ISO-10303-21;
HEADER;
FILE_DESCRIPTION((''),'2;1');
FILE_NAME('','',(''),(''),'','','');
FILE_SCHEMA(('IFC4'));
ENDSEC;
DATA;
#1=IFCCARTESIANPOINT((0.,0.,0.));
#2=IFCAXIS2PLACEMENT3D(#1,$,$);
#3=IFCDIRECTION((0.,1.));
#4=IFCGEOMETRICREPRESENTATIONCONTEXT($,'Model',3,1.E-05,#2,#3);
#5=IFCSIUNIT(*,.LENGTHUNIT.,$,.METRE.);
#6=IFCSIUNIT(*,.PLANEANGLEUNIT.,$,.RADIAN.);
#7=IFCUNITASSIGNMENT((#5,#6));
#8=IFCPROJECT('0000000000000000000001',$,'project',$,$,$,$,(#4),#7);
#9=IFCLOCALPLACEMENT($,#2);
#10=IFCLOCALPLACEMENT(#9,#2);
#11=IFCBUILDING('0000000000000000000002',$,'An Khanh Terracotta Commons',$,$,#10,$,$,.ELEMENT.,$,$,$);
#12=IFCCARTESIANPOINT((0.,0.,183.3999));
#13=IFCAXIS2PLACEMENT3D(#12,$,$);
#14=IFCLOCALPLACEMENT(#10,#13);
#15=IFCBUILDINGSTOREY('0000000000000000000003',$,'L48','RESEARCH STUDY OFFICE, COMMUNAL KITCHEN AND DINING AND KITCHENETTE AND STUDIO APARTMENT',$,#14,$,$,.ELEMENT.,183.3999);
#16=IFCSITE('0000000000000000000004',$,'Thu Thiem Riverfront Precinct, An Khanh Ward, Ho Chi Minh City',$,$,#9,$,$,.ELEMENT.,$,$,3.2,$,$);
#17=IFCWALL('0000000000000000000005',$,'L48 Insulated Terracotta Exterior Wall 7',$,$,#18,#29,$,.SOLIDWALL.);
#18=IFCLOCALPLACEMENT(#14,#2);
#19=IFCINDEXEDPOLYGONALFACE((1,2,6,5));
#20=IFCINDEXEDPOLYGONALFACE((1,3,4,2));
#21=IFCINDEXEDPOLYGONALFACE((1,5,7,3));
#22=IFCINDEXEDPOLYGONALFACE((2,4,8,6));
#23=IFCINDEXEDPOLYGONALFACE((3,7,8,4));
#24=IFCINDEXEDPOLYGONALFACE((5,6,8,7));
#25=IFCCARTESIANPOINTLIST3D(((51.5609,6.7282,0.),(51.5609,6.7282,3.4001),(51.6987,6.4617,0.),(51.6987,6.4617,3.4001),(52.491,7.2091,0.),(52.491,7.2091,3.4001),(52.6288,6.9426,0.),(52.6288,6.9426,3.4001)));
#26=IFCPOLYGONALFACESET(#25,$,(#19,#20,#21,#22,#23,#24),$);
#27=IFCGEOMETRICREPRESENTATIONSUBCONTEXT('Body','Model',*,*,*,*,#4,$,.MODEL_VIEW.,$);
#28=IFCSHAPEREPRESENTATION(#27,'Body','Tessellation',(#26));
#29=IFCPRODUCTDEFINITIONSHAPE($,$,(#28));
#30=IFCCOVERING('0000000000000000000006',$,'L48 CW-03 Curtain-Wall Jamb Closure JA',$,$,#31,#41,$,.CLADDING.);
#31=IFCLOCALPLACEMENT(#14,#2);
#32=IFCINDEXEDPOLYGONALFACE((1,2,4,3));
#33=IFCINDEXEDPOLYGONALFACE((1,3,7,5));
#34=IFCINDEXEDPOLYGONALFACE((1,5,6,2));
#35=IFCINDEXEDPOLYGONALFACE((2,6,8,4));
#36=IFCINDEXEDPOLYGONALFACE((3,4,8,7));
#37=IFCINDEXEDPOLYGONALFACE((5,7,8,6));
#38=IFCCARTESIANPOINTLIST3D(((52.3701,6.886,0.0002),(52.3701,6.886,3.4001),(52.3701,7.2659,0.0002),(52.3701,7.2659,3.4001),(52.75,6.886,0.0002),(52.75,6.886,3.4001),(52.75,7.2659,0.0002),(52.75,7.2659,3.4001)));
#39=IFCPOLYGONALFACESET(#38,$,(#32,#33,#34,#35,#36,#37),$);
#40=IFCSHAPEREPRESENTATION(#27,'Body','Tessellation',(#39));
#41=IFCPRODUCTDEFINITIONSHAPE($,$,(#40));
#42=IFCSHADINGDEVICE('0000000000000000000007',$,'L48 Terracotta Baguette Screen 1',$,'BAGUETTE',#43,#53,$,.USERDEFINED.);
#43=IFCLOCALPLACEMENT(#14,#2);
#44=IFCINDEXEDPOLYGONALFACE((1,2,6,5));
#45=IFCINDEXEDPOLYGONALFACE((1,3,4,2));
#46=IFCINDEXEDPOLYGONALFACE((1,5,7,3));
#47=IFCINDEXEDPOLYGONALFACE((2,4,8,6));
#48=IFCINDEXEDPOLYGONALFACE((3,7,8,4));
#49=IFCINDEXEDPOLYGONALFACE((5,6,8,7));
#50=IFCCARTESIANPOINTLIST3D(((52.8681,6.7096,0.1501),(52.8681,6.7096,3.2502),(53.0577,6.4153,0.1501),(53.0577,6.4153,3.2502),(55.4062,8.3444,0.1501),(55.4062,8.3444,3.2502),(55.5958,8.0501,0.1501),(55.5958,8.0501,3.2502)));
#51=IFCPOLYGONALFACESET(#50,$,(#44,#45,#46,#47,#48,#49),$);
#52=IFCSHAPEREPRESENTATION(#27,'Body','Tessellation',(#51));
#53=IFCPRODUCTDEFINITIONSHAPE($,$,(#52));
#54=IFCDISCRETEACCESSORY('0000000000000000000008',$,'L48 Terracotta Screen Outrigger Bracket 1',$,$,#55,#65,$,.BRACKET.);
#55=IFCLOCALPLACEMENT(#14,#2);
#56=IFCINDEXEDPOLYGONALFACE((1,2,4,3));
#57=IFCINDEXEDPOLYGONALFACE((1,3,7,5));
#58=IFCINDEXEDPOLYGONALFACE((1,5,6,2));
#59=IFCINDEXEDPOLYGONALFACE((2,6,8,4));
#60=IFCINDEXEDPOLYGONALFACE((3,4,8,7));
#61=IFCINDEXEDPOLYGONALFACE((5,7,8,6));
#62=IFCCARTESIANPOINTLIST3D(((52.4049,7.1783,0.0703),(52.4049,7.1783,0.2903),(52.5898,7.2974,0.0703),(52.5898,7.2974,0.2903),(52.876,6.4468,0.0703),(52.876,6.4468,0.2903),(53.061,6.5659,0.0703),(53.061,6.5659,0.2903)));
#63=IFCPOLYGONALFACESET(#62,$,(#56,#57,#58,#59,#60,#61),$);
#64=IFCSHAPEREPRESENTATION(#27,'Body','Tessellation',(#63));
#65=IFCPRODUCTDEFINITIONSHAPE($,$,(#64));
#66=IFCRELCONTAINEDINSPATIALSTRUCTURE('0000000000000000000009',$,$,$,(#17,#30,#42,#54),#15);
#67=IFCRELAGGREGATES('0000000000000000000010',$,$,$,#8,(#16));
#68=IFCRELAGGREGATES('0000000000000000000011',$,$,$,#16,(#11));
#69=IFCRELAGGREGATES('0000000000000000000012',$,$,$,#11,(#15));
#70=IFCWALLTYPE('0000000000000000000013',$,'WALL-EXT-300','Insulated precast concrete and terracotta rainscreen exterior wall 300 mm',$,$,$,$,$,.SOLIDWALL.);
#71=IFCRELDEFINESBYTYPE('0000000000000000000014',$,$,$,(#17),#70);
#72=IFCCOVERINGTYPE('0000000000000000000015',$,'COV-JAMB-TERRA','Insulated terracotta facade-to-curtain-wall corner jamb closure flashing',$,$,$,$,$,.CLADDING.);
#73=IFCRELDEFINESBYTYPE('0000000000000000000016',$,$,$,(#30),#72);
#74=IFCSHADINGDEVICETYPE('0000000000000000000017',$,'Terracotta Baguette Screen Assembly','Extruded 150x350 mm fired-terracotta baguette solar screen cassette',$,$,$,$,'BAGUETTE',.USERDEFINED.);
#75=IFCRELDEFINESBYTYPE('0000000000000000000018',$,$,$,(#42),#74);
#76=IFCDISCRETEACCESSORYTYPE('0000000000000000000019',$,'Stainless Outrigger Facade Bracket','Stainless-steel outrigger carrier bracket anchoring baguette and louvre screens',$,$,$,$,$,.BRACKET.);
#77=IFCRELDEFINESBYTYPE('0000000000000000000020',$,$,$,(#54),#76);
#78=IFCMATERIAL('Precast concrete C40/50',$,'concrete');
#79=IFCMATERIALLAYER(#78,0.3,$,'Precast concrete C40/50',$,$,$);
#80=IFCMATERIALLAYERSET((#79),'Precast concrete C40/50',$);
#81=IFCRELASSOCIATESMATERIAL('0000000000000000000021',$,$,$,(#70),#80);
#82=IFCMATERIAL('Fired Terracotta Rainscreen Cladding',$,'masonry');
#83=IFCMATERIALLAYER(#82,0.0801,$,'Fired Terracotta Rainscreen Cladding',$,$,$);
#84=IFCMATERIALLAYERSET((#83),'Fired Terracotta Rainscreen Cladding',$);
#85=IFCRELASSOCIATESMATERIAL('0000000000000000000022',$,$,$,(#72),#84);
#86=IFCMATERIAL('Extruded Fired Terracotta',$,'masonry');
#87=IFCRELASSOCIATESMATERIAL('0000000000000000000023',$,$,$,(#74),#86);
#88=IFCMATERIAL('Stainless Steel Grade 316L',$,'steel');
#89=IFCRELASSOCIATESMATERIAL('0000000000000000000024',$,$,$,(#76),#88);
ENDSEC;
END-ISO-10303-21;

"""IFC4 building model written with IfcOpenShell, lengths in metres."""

from ifc_helpers import new_model, si_unit, direction, frame, frame_2d, origin, origin_2d, place, context, subcontext, project, spatial, rectangle, extrude, material, layer, layer_set, type_object, element, save


model = new_model("IFC4")

# Units and contexts
model_context = context("Model", 3, precision=1e-05, world=origin(), true_north=direction((0.0, 1.0)))
body_context = subcontext(model_context, "Body", "Model", "MODEL_VIEW")
ifc_project = project(units=[si_unit("LENGTHUNIT", "METRE"), si_unit("PLANEANGLEUNIT", "RADIAN")], contexts=[model_context])

# Site, building, storey
site_placement = place(None, origin())
site = spatial("IfcSite", under=ifc_project, at=site_placement, Name="Thu Thiem Riverfront Precinct, An Khanh Ward, Ho Chi Minh City", CompositionType="ELEMENT", RefElevation=3.2)
building_placement = place(site_placement, origin())
building = spatial("IfcBuilding", under=site, at=building_placement, Name="An Khanh Terracotta Commons", CompositionType="ELEMENT")
storey_placement = place(building_placement, frame((0.0, 0.0, 183.3999)))
storey = spatial("IfcBuildingStorey", under=building, at=storey_placement, Name="L48", Description="RESEARCH STUDY OFFICE, COMMUNAL KITCHEN AND DINING AND KITCHENETTE AND STUDIO APARTMENT", CompositionType="ELEMENT", Elevation=183.3999)

# Wall
ifc_material_1 = material(Name="Precast concrete C40/50", Category="concrete")
ifc_layer_1 = layer(ifc_material_1, 0.3, Name="Precast concrete C40/50")
ifc_layer_set_1 = layer_set([ifc_layer_1], Name="Precast concrete C40/50")
wall_type_1 = type_object("IfcWallType", Name="WALL-EXT-300", Description="Insulated precast concrete and terracotta rainscreen exterior wall 300 mm", PredefinedType="SOLIDWALL", material=ifc_layer_set_1)
wall_1_placement = place(storey_placement, frame((51.6299, 6.595, 0.0), z_axis=(0.0, 0.0, 1.0), x_axis=(0.888283, 0.459296, 0.0)))
element("IfcWall", 1, at=wall_1_placement, inside=storey, type_object=wall_type_1, Name="L48 Insulated Terracotta Exterior Wall 7", PredefinedType="SOLIDWALL", context=body_context, shape_type="SweptSolid", body=[
    extrude(rectangle(XDim=1.0471, YDim=0.3, at=frame_2d((0.5234, 0.0))), origin(), (0.0, 0.0, 1.0), 3.4001),
])

# Covering
ifc_material_2 = material(Name="Fired Terracotta Rainscreen Cladding", Category="masonry")
ifc_layer_2 = layer(ifc_material_2, 0.0801, Name="Fired Terracotta Rainscreen Cladding")
ifc_layer_set_2 = layer_set([ifc_layer_2], Name="Fired Terracotta Rainscreen Cladding")
covering_type = type_object("IfcCoveringType", Name="COV-JAMB-TERRA", Description="Insulated terracotta facade-to-curtain-wall corner jamb closure flashing", PredefinedType="CLADDING", material=ifc_layer_set_2)
covering_placement = place(storey_placement, frame((52.5601, 7.0759, 0.0002), z_axis=(0.0, 0.0, 1.0), x_axis=(1.0, 0.0, 0.0)))
element("IfcCovering", 2, at=covering_placement, inside=storey, type_object=covering_type, Name="L48 CW-03 Curtain-Wall Jamb Closure JA", PredefinedType="CLADDING", context=body_context, shape_type="SweptSolid", body=[
    extrude(rectangle(XDim=0.3799, YDim=0.3799, at=origin_2d()), origin(), (0.0, 0.0, 1.0), 3.3999),
])

# Shading device
ifc_material_3 = material(Name="Extruded Fired Terracotta", Category="masonry")
shading_device_type = type_object("IfcShadingDeviceType", Name="Terracotta Baguette Screen Assembly", Description="Extruded 150x350 mm fired-terracotta baguette solar screen cassette", ElementType="BAGUETTE", PredefinedType="USERDEFINED", material=ifc_material_3)
shading_device_placement = place(storey_placement, frame((54.2319, 7.3799, 0.1501), z_axis=(0.0, 0.0, 1.0), x_axis=(0.840702, 0.541498, 0.0)))
element("IfcShadingDevice", 3, at=shading_device_placement, inside=storey, type_object=shading_device_type, Name="L48 Terracotta Baguette Screen 1", ObjectType="BAGUETTE", PredefinedType="USERDEFINED", context=body_context, shape_type="SweptSolid", body=[
    extrude(rectangle(XDim=3.019, YDim=0.3501, at=origin_2d()), origin(), (0.0, 0.0, 1.0), 3.1001),
])

# Discrete accessory
ifc_material_4 = material(Name="Stainless Steel Grade 316L", Category="steel")
discrete_accessory_type = type_object("IfcDiscreteAccessoryType", Name="Stainless Outrigger Facade Bracket", Description="Stainless-steel outrigger carrier bracket anchoring baguette and louvre screens", PredefinedType="BRACKET", material=ifc_material_4)
discrete_accessory_placement = place(storey_placement, frame((52.7329, 6.8721, 0.0703), z_axis=(0.0, 0.0, 1.0), x_axis=(0.840702, 0.541498, 0.0)))
element("IfcDiscreteAccessory", 4, at=discrete_accessory_placement, inside=storey, type_object=discrete_accessory_type, Name="L48 Terracotta Screen Outrigger Bracket 1", PredefinedType="BRACKET", context=body_context, shape_type="SweptSolid", body=[
    extrude(rectangle(XDim=0.22, YDim=0.8701, at=origin_2d()), origin(), (0.0, 0.0, 1.0), 0.22),
])

save(model, "model.ifc")
